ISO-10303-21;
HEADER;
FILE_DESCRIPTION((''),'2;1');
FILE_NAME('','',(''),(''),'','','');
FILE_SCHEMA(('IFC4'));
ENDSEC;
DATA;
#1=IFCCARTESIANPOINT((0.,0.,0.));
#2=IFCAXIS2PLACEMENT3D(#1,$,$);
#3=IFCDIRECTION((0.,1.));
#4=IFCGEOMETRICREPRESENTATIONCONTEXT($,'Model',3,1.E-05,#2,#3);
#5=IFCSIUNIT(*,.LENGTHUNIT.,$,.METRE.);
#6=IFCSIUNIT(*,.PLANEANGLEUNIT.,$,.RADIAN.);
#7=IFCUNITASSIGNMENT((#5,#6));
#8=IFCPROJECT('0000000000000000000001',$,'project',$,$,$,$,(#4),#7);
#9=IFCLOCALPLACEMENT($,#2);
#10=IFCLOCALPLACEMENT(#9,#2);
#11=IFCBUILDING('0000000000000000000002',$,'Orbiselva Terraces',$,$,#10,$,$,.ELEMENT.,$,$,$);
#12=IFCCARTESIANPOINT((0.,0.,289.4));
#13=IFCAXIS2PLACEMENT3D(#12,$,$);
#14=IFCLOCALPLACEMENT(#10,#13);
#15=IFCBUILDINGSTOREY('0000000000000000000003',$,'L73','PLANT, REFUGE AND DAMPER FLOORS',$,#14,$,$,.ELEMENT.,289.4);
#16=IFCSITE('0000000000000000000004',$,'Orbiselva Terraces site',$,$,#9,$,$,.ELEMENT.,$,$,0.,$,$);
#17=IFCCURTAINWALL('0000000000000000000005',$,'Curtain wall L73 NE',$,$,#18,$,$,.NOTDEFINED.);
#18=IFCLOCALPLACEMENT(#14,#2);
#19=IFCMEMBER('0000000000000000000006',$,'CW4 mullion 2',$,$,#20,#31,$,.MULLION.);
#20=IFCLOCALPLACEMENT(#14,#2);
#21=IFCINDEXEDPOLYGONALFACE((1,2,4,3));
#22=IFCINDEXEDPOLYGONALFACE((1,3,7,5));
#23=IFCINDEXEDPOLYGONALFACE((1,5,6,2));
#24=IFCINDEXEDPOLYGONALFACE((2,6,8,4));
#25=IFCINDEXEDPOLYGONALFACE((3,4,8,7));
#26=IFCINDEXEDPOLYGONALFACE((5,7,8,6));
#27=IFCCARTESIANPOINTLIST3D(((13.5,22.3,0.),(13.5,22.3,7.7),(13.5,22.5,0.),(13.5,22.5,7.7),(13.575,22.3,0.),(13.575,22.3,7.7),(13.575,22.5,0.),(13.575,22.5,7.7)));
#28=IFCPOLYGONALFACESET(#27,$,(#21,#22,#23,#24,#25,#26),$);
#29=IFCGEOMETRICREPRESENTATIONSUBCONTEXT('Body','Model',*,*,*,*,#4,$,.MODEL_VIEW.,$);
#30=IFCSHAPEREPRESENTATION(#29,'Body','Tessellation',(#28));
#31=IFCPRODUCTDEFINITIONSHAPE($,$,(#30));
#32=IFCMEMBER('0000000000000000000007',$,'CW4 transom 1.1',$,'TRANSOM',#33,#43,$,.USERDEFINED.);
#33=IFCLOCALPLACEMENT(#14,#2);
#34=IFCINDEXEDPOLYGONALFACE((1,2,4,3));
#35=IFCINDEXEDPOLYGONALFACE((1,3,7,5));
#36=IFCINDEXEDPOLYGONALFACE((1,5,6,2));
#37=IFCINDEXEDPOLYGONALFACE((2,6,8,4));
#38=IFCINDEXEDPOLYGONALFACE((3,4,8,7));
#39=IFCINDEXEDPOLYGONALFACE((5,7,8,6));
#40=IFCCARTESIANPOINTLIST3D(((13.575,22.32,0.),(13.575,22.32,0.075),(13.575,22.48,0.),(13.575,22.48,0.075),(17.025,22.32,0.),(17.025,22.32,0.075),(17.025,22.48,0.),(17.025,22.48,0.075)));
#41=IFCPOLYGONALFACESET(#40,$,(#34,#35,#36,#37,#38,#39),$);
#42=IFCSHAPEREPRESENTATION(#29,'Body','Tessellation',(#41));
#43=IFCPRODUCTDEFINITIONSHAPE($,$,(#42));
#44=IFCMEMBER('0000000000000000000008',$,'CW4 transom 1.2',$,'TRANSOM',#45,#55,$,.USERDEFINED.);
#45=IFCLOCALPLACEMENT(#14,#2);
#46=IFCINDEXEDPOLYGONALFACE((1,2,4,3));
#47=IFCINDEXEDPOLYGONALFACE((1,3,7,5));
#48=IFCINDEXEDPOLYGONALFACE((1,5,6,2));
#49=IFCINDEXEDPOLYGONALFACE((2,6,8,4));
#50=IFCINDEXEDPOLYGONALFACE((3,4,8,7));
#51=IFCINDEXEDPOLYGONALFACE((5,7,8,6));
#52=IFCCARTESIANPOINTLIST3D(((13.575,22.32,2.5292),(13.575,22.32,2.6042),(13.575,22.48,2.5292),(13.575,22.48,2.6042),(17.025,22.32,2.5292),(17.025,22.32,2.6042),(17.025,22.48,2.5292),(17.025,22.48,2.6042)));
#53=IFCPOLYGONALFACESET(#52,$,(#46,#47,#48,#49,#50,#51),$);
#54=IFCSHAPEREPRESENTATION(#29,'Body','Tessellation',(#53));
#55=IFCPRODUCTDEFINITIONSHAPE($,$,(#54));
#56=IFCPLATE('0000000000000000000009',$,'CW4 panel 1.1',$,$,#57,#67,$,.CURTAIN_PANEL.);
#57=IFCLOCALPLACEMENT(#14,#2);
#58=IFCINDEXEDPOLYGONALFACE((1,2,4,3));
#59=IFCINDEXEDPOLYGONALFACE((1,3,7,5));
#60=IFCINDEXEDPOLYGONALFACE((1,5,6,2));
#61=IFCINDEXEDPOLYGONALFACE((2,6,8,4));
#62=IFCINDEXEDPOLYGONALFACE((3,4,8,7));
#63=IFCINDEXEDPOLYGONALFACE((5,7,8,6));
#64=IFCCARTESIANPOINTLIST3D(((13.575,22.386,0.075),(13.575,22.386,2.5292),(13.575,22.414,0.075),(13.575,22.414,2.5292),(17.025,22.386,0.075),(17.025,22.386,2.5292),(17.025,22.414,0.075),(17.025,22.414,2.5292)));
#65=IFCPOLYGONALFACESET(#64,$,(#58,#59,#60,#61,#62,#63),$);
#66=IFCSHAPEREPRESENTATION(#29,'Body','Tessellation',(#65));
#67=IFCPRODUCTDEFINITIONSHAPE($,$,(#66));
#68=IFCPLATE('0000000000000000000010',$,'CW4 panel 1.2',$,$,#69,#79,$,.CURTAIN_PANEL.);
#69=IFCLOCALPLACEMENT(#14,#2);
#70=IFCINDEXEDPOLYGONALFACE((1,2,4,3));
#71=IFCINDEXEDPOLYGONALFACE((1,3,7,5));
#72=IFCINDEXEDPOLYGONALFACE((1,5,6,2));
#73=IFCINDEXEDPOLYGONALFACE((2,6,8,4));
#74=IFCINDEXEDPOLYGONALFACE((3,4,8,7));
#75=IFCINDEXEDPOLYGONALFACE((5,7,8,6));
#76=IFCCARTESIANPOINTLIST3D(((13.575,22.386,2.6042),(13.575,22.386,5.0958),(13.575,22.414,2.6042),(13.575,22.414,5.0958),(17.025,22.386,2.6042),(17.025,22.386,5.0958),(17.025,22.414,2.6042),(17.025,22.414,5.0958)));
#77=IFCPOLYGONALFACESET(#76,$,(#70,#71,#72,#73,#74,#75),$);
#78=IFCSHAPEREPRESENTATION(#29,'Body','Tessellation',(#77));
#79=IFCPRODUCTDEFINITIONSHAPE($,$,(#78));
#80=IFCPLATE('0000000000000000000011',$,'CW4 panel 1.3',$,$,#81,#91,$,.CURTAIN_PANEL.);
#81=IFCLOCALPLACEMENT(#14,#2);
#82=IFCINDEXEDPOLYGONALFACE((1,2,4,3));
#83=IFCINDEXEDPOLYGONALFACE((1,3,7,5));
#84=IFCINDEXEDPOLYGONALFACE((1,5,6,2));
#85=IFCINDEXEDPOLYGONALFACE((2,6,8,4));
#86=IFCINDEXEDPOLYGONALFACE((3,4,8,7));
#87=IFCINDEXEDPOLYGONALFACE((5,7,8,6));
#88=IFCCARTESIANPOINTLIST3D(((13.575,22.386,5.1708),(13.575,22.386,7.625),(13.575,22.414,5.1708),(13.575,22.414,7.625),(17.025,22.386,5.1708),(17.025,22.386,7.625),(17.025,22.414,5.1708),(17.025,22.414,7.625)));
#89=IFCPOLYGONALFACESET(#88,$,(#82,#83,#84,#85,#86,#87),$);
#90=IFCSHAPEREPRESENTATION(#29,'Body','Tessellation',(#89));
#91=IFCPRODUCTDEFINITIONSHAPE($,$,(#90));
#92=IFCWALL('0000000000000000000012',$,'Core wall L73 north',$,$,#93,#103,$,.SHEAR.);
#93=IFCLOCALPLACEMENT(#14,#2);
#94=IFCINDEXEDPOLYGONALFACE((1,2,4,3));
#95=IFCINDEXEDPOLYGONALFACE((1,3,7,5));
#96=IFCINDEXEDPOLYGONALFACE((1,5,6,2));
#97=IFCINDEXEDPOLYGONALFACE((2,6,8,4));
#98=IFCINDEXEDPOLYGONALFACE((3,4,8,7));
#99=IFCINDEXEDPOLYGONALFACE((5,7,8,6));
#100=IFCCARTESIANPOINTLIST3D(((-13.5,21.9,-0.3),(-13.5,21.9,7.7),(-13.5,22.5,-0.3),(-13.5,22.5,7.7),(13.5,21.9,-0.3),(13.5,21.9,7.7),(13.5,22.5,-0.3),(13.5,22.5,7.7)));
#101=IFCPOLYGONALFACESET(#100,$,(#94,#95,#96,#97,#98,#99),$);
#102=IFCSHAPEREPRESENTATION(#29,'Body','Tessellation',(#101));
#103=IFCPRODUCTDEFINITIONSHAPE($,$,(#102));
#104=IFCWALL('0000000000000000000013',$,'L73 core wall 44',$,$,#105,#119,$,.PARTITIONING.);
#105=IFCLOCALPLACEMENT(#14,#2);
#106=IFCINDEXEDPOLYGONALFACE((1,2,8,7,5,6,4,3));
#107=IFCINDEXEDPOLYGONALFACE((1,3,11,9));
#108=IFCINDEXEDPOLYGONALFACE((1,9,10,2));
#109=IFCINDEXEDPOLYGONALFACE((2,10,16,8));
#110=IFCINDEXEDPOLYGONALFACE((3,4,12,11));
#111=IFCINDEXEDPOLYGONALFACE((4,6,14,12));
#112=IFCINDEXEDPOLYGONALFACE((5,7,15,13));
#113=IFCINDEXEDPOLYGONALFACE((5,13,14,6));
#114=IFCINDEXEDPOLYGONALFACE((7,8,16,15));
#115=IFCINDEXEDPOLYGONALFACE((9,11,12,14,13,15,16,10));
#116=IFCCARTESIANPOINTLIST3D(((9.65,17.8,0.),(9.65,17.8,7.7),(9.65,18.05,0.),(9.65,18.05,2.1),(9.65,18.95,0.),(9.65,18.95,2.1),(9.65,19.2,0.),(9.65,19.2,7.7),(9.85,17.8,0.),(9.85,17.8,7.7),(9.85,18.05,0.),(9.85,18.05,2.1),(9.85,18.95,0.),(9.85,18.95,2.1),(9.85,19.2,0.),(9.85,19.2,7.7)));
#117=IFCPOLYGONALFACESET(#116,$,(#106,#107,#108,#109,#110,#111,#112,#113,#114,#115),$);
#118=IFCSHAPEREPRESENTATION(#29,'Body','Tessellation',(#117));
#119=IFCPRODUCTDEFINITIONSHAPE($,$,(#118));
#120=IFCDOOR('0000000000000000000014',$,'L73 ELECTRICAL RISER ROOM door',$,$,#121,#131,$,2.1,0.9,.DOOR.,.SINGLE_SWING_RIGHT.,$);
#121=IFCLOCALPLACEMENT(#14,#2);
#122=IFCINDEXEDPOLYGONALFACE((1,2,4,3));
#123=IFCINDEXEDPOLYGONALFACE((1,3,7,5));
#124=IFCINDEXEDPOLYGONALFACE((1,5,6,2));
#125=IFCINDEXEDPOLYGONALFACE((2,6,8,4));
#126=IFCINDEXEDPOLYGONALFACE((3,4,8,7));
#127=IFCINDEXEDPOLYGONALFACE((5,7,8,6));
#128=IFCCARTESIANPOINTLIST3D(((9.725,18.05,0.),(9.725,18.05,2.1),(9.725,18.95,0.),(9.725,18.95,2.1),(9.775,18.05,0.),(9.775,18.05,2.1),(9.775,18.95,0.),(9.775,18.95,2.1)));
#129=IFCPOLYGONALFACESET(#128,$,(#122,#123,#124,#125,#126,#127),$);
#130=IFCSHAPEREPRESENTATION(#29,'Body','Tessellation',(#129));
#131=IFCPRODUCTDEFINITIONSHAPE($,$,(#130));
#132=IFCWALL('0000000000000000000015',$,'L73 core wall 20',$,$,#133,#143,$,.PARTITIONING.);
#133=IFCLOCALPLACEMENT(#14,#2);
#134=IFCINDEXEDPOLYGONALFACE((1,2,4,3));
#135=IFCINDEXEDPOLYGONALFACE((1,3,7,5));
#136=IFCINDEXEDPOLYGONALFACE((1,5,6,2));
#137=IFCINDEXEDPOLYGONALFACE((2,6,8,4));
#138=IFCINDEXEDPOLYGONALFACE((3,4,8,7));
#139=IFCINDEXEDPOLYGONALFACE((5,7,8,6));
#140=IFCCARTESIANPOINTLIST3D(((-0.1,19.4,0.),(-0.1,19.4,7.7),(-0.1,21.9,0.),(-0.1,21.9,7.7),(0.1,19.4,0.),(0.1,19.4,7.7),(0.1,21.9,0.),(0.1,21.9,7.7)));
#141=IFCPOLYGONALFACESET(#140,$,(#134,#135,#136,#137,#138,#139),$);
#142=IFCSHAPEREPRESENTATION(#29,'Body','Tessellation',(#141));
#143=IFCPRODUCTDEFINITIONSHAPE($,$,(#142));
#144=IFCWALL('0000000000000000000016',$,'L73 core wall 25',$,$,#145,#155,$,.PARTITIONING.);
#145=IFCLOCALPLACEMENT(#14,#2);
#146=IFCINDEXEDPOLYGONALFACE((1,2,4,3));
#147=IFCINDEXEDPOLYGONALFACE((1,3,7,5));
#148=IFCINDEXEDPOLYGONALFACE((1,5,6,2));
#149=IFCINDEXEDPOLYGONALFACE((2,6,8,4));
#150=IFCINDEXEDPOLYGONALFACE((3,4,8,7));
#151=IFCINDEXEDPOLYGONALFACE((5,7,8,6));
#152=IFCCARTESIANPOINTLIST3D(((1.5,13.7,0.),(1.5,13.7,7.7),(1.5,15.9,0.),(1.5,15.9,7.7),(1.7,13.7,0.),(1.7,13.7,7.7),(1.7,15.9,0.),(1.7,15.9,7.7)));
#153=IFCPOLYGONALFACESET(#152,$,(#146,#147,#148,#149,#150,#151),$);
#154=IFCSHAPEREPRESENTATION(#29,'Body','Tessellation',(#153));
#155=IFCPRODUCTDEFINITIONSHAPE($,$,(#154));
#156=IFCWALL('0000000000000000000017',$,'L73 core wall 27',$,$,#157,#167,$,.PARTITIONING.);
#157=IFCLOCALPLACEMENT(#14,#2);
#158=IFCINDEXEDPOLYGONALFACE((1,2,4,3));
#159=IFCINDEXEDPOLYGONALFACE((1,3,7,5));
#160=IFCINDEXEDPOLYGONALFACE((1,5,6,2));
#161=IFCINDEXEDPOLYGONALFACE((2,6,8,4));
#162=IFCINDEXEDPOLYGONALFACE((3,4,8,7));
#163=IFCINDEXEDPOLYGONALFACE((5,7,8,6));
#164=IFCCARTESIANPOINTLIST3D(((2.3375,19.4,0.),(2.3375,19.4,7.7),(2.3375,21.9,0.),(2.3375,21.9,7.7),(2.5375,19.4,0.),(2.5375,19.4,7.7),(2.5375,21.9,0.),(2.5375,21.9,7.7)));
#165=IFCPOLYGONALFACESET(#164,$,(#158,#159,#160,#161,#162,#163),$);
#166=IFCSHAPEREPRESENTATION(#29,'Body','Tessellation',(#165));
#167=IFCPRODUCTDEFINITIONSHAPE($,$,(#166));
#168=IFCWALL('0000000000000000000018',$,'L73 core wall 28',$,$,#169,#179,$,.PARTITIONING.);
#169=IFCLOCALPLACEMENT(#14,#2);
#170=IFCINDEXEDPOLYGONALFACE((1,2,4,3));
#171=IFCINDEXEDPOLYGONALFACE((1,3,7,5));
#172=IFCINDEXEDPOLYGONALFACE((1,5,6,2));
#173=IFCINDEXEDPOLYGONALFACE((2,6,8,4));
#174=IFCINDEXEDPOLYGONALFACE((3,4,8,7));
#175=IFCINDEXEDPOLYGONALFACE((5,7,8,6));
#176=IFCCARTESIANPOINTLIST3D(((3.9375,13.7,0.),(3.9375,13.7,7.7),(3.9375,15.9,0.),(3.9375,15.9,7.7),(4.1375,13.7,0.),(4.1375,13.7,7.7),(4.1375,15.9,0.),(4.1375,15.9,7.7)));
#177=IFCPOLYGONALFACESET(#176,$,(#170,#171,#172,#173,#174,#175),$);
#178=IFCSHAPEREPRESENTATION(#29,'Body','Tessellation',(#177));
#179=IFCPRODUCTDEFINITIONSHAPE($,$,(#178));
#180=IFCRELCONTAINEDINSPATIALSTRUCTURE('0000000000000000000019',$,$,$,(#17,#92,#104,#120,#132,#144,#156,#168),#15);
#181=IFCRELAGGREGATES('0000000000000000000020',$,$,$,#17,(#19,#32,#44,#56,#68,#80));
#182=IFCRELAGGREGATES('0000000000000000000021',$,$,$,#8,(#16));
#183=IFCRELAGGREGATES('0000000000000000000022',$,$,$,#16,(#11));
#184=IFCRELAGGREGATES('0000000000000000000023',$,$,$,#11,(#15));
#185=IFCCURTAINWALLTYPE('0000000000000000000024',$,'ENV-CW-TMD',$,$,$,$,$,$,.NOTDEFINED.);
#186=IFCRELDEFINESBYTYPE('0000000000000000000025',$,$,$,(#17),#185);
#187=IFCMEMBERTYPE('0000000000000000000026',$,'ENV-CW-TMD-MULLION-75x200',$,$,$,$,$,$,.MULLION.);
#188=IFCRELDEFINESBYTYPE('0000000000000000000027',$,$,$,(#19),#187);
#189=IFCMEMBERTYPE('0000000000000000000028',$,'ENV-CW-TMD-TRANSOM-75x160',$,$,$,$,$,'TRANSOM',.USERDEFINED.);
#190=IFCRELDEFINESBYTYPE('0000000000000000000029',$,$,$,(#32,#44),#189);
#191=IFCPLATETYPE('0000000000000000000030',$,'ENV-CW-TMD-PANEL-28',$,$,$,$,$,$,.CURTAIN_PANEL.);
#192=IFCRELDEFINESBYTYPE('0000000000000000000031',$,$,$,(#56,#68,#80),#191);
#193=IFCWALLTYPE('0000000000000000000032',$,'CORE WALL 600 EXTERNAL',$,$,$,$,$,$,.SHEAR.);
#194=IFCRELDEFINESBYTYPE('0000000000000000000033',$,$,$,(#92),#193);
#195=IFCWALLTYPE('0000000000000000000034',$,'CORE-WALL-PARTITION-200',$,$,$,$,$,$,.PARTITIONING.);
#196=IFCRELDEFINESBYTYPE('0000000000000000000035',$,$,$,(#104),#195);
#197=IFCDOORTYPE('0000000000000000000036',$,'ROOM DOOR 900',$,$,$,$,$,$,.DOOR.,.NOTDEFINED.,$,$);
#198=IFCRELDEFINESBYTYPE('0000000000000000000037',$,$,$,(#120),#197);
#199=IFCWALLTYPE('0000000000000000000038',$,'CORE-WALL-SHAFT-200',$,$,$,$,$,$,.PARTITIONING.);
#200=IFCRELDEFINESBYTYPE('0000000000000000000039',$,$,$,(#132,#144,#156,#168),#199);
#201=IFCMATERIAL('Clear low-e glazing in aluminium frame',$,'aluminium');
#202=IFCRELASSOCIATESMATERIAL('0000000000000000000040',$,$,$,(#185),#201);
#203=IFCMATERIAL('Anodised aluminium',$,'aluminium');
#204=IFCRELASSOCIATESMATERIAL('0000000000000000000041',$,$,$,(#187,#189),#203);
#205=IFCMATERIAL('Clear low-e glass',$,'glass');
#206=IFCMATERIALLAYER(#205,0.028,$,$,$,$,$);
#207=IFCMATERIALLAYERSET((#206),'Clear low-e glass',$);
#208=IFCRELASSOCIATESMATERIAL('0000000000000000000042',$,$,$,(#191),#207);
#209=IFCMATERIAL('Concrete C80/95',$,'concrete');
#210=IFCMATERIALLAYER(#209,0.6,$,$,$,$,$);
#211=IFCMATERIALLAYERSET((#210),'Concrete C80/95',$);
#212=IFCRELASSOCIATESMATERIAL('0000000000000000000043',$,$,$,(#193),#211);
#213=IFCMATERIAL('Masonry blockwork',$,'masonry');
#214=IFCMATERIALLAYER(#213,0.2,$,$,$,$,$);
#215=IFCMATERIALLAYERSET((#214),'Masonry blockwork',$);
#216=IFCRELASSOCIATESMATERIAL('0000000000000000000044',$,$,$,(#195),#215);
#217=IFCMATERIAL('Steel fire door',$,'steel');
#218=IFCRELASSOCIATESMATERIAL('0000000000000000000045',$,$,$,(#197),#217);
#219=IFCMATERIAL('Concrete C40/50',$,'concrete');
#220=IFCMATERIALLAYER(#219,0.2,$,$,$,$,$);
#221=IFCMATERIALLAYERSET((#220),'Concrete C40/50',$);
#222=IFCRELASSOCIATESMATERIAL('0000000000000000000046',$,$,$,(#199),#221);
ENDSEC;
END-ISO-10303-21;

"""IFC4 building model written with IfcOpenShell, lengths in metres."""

from ifc_helpers import new_model, si_unit, direction, frame, frame_2d, origin, origin_2d, place, context, subcontext, project, spatial, rectangle, extrude, material, layer, layer_set, material_profile, profile_set, type_object, element, fill, aggregate, save


model = new_model("IFC4")

# Units and contexts
model_context = context("Model", 3, precision=1e-05, world=origin(), true_north=direction((0.0, 1.0)))
body_context = subcontext(model_context, "Body", "Model", "MODEL_VIEW")
ifc_project = project(units=[si_unit("LENGTHUNIT", "METRE"), si_unit("PLANEANGLEUNIT", "RADIAN")], contexts=[model_context])

# Site, building, storey
site_placement = place(None, origin())
site = spatial("IfcSite", under=ifc_project, at=site_placement, Name="Orbiselva Terraces site", CompositionType="ELEMENT", RefElevation=0.0)
building_placement = place(site_placement, origin())
building = spatial("IfcBuilding", under=site, at=building_placement, Name="Orbiselva Terraces", CompositionType="ELEMENT")
storey_placement = place(building_placement, frame((0.0, 0.0, 289.4)))
storey = spatial("IfcBuildingStorey", under=building, at=storey_placement, Name="L73", Description="PLANT, REFUGE AND DAMPER FLOORS", CompositionType="ELEMENT", Elevation=289.4)

# Curtain wall, members, plates
ifc_material_1 = material(Name="Clear low-e glazing in aluminium frame", Category="aluminium")
curtain_wall_type = type_object("IfcCurtainWallType", Name="ENV-CW-TMD", PredefinedType="NOTDEFINED", material=ifc_material_1)
curtain_wall_placement = place(storey_placement, origin())
curtain_wall = element("IfcCurtainWall", 1, at=curtain_wall_placement, inside=storey, type_object=curtain_wall_type, Name="Curtain wall L73 NE", PredefinedType="NOTDEFINED")
ifc_material_2 = material(Name="Anodised aluminium", Category="aluminium")
ifc_material_profile_1 = material_profile(ifc_material_2, rectangle(XDim=0.2, YDim=0.075, at=origin_2d()), Name="AL 75x200")
ifc_profile_set_1 = profile_set([ifc_material_profile_1], Name="Anodised aluminium")
member_type_1 = type_object("IfcMemberType", Name="ENV-CW-TMD-MULLION-75x200", PredefinedType="MULLION", material=ifc_profile_set_1)
member_1_placement = place(storey_placement, frame((13.5375, 22.4, 0.0), z_axis=(0.0, 0.0, 1.0), x_axis=(0.0, -1.0, 0.0)))
member_1 = element("IfcMember", 2, at=member_1_placement, type_object=member_type_1, Name="CW4 mullion 2", PredefinedType="MULLION", context=body_context, shape_type="SweptSolid", body=[
    extrude(rectangle(XDim=0.2, YDim=0.075, at=origin_2d()), origin(), (0.0, 0.0, 1.0), 7.7),
])
ifc_material_profile_2 = material_profile(ifc_material_2, rectangle(XDim=0.16, YDim=0.075, at=origin_2d()), Name="AL 75x160")
ifc_profile_set_2 = profile_set([ifc_material_profile_2], Name="Anodised aluminium")
member_type_2 = type_object("IfcMemberType", Name="ENV-CW-TMD-TRANSOM-75x160", ElementType="TRANSOM", PredefinedType="USERDEFINED", material=ifc_profile_set_2)
member_2_placement = place(storey_placement, frame((17.025, 22.4, 0.0375), z_axis=(-1.0, 0.0, 0.0), x_axis=(0.0, -1.0, 0.0)))
member_2 = element("IfcMember", 3, at=member_2_placement, type_object=member_type_2, Name="CW4 transom 1.1", ObjectType="TRANSOM", PredefinedType="USERDEFINED", context=body_context, shape_type="SweptSolid", body=[
    extrude(rectangle(XDim=0.16, YDim=0.075, at=origin_2d()), origin(), (0.0, 0.0, 1.0), 3.45),
])
member_3_placement = place(storey_placement, frame((17.025, 22.4, 2.5667), z_axis=(-1.0, 0.0, 0.0), x_axis=(0.0, -1.0, 0.0)))
member_3 = element("IfcMember", 4, at=member_3_placement, type_object=member_type_2, Name="CW4 transom 1.2", ObjectType="TRANSOM", PredefinedType="USERDEFINED", context=body_context, shape_type="SweptSolid", body=[
    extrude(rectangle(XDim=0.16, YDim=0.075, at=origin_2d()), origin(), (0.0, 0.0, 1.0), 3.45),
])
ifc_material_3 = material(Name="Clear low-e glass", Category="glass")
ifc_layer_1 = layer(ifc_material_3, 0.028)
ifc_layer_set_1 = layer_set([ifc_layer_1], Name="Clear low-e glass")
plate_type = type_object("IfcPlateType", Name="ENV-CW-TMD-PANEL-28", PredefinedType="CURTAIN_PANEL", material=ifc_layer_set_1)
plate_1_placement = place(storey_placement, frame((15.3, 22.4, 0.075), z_axis=(0.0, 0.0, 1.0), x_axis=(-1.0, 0.0, 0.0)))
plate_1 = element("IfcPlate", 5, at=plate_1_placement, type_object=plate_type, Name="CW4 panel 1.1", PredefinedType="CURTAIN_PANEL", context=body_context, shape_type="SweptSolid", body=[
    extrude(rectangle(XDim=3.45, YDim=0.028, at=origin_2d()), origin(), (0.0, 0.0, 1.0), 2.4542),
])
plate_2_placement = place(storey_placement, frame((15.3, 22.4, 2.6042), z_axis=(0.0, 0.0, 1.0), x_axis=(-1.0, 0.0, 0.0)))
plate_2 = element("IfcPlate", 6, at=plate_2_placement, type_object=plate_type, Name="CW4 panel 1.2", PredefinedType="CURTAIN_PANEL", context=body_context, shape_type="SweptSolid", body=[
    extrude(rectangle(XDim=3.45, YDim=0.028, at=origin_2d()), origin(), (0.0, 0.0, 1.0), 2.4917),
])
plate_3_placement = place(storey_placement, frame((15.3, 22.4, 5.1708), z_axis=(0.0, 0.0, 1.0), x_axis=(-1.0, 0.0, 0.0)))
plate_3 = element("IfcPlate", 7, at=plate_3_placement, type_object=plate_type, Name="CW4 panel 1.3", PredefinedType="CURTAIN_PANEL", context=body_context, shape_type="SweptSolid", body=[
    extrude(rectangle(XDim=3.45, YDim=0.028, at=origin_2d()), origin(), (0.0, 0.0, 1.0), 2.4542),
])
aggregate(curtain_wall, [member_1, member_2, member_3, plate_1, plate_2, plate_3])

# Wall
ifc_material_4 = material(Name="Concrete C80/95", Category="concrete")
ifc_layer_2 = layer(ifc_material_4, 0.6)
ifc_layer_set_2 = layer_set([ifc_layer_2], Name="Concrete C80/95")
wall_type_1 = type_object("IfcWallType", Name="CORE WALL 600 EXTERNAL", PredefinedType="SHEAR", material=ifc_layer_set_2)
wall_1_placement = place(storey_placement, frame((13.5, 22.2, -0.3), z_axis=(0.0, 0.0, 1.0), x_axis=(-1.0, 0.0, 0.0)))
element("IfcWall", 8, at=wall_1_placement, inside=storey, type_object=wall_type_1, Name="Core wall L73 north", PredefinedType="SHEAR", context=body_context, shape_type="SweptSolid", body=[
    extrude(rectangle(XDim=27.0, YDim=0.6, at=frame_2d((13.5, 0.0))), origin(), (0.0, 0.0, 1.0), 8.0),
])

# Wall, opening, door
ifc_material_5 = material(Name="Masonry blockwork", Category="masonry")
ifc_layer_3 = layer(ifc_material_5, 0.2)
ifc_layer_set_3 = layer_set([ifc_layer_3], Name="Masonry blockwork")
wall_type_2 = type_object("IfcWallType", Name="CORE-WALL-PARTITION-200", PredefinedType="PARTITIONING", material=ifc_layer_set_3)
wall_2_placement = place(storey_placement, frame((9.75, 19.2, 0.0), z_axis=(0.0, 0.0, 1.0), x_axis=(0.0, -1.0, 0.0)))
wall_2 = element("IfcWall", 9, at=wall_2_placement, inside=storey, type_object=wall_type_2, Name="L73 core wall 44", PredefinedType="PARTITIONING", context=body_context, shape_type="SweptSolid", body=[
    extrude(rectangle(XDim=1.4, YDim=0.2, at=frame_2d((0.7, 0.0))), origin(), (0.0, 0.0, 1.0), 7.7),
])
opening_1_placement = place(wall_2_placement, frame((0.25, 0.0, 0.0)))
opening_1 = element("IfcOpeningElement", 10, at=opening_1_placement, cuts=wall_2, PredefinedType="OPENING", context=body_context, shape_type="SweptSolid", body=[
    extrude(rectangle(XDim=0.9, YDim=2.1, at=frame_2d((0.45, 1.05))), frame((0.0, 0.11, 0.0), z_axis=(0.0, -1.0, 0.0), x_axis=(1.0, 0.0, 0.0)), (0.0, 0.0, 1.0), 0.22),
])
ifc_material_6 = material(Name="Steel fire door", Category="steel")
door_type = type_object("IfcDoorType", Name="ROOM DOOR 900", OperationType="NOTDEFINED", PredefinedType="DOOR", material=ifc_material_6)
door_1_placement = place(opening_1_placement, origin())
door_1 = element("IfcDoor", 11, at=door_1_placement, inside=storey, type_object=door_type, Name="L73 ELECTRICAL RISER ROOM door", OperationType="SINGLE_SWING_RIGHT", OverallHeight=2.1, OverallWidth=0.9, PredefinedType="DOOR", context=body_context, shape_type="SweptSolid", body=[
    extrude(rectangle(XDim=0.9, YDim=2.1, at=frame_2d((0.45, 1.05))), frame((0.0, 0.025, 0.0), z_axis=(0.0, -1.0, 0.0), x_axis=(1.0, 0.0, 0.0)), (0.0, 0.0, 1.0), 0.05),
])
fill(opening_1, door_1)

# Walls
ifc_material_7 = material(Name="Concrete C40/50", Category="concrete")
ifc_layer_4 = layer(ifc_material_7, 0.2)
ifc_layer_set_4 = layer_set([ifc_layer_4], Name="Concrete C40/50")
wall_type_3 = type_object("IfcWallType", Name="CORE-WALL-SHAFT-200", PredefinedType="PARTITIONING", material=ifc_layer_set_4)
wall_3_placement = place(storey_placement, frame((0.0, 19.4, 0.0), z_axis=(0.0, 0.0, 1.0), x_axis=(0.0, 1.0, 0.0)))
element("IfcWall", 12, at=wall_3_placement, inside=storey, type_object=wall_type_3, Name="L73 core wall 20", PredefinedType="PARTITIONING", context=body_context, shape_type="SweptSolid", body=[
    extrude(rectangle(XDim=2.5, YDim=0.2, at=frame_2d((1.25, 0.0))), origin(), (0.0, 0.0, 1.0), 7.7),
])
wall_4_placement = place(storey_placement, frame((1.6, 13.7, 0.0), z_axis=(0.0, 0.0, 1.0), x_axis=(0.0, 1.0, 0.0)))
element("IfcWall", 13, at=wall_4_placement, inside=storey, type_object=wall_type_3, Name="L73 core wall 25", PredefinedType="PARTITIONING", context=body_context, shape_type="SweptSolid", body=[
    extrude(rectangle(XDim=2.2, YDim=0.2, at=frame_2d((1.1, 0.0))), origin(), (0.0, 0.0, 1.0), 7.7),
])
wall_5_placement = place(storey_placement, frame((2.4375, 19.4, 0.0), z_axis=(0.0, 0.0, 1.0), x_axis=(0.0, 1.0, 0.0)))
element("IfcWall", 14, at=wall_5_placement, inside=storey, type_object=wall_type_3, Name="L73 core wall 27", PredefinedType="PARTITIONING", context=body_context, shape_type="SweptSolid", body=[
    extrude(rectangle(XDim=2.5, YDim=0.2, at=frame_2d((1.25, 0.0))), origin(), (0.0, 0.0, 1.0), 7.7),
])
wall_6_placement = place(storey_placement, frame((4.0375, 13.7, 0.0), z_axis=(0.0, 0.0, 1.0), x_axis=(0.0, 1.0, 0.0)))
element("IfcWall", 15, at=wall_6_placement, inside=storey, type_object=wall_type_3, Name="L73 core wall 28", PredefinedType="PARTITIONING", context=body_context, shape_type="SweptSolid", body=[
    extrude(rectangle(XDim=2.2, YDim=0.2, at=frame_2d((1.1, 0.0))), origin(), (0.0, 0.0, 1.0), 7.7),
])

save(model, "model.ifc")
